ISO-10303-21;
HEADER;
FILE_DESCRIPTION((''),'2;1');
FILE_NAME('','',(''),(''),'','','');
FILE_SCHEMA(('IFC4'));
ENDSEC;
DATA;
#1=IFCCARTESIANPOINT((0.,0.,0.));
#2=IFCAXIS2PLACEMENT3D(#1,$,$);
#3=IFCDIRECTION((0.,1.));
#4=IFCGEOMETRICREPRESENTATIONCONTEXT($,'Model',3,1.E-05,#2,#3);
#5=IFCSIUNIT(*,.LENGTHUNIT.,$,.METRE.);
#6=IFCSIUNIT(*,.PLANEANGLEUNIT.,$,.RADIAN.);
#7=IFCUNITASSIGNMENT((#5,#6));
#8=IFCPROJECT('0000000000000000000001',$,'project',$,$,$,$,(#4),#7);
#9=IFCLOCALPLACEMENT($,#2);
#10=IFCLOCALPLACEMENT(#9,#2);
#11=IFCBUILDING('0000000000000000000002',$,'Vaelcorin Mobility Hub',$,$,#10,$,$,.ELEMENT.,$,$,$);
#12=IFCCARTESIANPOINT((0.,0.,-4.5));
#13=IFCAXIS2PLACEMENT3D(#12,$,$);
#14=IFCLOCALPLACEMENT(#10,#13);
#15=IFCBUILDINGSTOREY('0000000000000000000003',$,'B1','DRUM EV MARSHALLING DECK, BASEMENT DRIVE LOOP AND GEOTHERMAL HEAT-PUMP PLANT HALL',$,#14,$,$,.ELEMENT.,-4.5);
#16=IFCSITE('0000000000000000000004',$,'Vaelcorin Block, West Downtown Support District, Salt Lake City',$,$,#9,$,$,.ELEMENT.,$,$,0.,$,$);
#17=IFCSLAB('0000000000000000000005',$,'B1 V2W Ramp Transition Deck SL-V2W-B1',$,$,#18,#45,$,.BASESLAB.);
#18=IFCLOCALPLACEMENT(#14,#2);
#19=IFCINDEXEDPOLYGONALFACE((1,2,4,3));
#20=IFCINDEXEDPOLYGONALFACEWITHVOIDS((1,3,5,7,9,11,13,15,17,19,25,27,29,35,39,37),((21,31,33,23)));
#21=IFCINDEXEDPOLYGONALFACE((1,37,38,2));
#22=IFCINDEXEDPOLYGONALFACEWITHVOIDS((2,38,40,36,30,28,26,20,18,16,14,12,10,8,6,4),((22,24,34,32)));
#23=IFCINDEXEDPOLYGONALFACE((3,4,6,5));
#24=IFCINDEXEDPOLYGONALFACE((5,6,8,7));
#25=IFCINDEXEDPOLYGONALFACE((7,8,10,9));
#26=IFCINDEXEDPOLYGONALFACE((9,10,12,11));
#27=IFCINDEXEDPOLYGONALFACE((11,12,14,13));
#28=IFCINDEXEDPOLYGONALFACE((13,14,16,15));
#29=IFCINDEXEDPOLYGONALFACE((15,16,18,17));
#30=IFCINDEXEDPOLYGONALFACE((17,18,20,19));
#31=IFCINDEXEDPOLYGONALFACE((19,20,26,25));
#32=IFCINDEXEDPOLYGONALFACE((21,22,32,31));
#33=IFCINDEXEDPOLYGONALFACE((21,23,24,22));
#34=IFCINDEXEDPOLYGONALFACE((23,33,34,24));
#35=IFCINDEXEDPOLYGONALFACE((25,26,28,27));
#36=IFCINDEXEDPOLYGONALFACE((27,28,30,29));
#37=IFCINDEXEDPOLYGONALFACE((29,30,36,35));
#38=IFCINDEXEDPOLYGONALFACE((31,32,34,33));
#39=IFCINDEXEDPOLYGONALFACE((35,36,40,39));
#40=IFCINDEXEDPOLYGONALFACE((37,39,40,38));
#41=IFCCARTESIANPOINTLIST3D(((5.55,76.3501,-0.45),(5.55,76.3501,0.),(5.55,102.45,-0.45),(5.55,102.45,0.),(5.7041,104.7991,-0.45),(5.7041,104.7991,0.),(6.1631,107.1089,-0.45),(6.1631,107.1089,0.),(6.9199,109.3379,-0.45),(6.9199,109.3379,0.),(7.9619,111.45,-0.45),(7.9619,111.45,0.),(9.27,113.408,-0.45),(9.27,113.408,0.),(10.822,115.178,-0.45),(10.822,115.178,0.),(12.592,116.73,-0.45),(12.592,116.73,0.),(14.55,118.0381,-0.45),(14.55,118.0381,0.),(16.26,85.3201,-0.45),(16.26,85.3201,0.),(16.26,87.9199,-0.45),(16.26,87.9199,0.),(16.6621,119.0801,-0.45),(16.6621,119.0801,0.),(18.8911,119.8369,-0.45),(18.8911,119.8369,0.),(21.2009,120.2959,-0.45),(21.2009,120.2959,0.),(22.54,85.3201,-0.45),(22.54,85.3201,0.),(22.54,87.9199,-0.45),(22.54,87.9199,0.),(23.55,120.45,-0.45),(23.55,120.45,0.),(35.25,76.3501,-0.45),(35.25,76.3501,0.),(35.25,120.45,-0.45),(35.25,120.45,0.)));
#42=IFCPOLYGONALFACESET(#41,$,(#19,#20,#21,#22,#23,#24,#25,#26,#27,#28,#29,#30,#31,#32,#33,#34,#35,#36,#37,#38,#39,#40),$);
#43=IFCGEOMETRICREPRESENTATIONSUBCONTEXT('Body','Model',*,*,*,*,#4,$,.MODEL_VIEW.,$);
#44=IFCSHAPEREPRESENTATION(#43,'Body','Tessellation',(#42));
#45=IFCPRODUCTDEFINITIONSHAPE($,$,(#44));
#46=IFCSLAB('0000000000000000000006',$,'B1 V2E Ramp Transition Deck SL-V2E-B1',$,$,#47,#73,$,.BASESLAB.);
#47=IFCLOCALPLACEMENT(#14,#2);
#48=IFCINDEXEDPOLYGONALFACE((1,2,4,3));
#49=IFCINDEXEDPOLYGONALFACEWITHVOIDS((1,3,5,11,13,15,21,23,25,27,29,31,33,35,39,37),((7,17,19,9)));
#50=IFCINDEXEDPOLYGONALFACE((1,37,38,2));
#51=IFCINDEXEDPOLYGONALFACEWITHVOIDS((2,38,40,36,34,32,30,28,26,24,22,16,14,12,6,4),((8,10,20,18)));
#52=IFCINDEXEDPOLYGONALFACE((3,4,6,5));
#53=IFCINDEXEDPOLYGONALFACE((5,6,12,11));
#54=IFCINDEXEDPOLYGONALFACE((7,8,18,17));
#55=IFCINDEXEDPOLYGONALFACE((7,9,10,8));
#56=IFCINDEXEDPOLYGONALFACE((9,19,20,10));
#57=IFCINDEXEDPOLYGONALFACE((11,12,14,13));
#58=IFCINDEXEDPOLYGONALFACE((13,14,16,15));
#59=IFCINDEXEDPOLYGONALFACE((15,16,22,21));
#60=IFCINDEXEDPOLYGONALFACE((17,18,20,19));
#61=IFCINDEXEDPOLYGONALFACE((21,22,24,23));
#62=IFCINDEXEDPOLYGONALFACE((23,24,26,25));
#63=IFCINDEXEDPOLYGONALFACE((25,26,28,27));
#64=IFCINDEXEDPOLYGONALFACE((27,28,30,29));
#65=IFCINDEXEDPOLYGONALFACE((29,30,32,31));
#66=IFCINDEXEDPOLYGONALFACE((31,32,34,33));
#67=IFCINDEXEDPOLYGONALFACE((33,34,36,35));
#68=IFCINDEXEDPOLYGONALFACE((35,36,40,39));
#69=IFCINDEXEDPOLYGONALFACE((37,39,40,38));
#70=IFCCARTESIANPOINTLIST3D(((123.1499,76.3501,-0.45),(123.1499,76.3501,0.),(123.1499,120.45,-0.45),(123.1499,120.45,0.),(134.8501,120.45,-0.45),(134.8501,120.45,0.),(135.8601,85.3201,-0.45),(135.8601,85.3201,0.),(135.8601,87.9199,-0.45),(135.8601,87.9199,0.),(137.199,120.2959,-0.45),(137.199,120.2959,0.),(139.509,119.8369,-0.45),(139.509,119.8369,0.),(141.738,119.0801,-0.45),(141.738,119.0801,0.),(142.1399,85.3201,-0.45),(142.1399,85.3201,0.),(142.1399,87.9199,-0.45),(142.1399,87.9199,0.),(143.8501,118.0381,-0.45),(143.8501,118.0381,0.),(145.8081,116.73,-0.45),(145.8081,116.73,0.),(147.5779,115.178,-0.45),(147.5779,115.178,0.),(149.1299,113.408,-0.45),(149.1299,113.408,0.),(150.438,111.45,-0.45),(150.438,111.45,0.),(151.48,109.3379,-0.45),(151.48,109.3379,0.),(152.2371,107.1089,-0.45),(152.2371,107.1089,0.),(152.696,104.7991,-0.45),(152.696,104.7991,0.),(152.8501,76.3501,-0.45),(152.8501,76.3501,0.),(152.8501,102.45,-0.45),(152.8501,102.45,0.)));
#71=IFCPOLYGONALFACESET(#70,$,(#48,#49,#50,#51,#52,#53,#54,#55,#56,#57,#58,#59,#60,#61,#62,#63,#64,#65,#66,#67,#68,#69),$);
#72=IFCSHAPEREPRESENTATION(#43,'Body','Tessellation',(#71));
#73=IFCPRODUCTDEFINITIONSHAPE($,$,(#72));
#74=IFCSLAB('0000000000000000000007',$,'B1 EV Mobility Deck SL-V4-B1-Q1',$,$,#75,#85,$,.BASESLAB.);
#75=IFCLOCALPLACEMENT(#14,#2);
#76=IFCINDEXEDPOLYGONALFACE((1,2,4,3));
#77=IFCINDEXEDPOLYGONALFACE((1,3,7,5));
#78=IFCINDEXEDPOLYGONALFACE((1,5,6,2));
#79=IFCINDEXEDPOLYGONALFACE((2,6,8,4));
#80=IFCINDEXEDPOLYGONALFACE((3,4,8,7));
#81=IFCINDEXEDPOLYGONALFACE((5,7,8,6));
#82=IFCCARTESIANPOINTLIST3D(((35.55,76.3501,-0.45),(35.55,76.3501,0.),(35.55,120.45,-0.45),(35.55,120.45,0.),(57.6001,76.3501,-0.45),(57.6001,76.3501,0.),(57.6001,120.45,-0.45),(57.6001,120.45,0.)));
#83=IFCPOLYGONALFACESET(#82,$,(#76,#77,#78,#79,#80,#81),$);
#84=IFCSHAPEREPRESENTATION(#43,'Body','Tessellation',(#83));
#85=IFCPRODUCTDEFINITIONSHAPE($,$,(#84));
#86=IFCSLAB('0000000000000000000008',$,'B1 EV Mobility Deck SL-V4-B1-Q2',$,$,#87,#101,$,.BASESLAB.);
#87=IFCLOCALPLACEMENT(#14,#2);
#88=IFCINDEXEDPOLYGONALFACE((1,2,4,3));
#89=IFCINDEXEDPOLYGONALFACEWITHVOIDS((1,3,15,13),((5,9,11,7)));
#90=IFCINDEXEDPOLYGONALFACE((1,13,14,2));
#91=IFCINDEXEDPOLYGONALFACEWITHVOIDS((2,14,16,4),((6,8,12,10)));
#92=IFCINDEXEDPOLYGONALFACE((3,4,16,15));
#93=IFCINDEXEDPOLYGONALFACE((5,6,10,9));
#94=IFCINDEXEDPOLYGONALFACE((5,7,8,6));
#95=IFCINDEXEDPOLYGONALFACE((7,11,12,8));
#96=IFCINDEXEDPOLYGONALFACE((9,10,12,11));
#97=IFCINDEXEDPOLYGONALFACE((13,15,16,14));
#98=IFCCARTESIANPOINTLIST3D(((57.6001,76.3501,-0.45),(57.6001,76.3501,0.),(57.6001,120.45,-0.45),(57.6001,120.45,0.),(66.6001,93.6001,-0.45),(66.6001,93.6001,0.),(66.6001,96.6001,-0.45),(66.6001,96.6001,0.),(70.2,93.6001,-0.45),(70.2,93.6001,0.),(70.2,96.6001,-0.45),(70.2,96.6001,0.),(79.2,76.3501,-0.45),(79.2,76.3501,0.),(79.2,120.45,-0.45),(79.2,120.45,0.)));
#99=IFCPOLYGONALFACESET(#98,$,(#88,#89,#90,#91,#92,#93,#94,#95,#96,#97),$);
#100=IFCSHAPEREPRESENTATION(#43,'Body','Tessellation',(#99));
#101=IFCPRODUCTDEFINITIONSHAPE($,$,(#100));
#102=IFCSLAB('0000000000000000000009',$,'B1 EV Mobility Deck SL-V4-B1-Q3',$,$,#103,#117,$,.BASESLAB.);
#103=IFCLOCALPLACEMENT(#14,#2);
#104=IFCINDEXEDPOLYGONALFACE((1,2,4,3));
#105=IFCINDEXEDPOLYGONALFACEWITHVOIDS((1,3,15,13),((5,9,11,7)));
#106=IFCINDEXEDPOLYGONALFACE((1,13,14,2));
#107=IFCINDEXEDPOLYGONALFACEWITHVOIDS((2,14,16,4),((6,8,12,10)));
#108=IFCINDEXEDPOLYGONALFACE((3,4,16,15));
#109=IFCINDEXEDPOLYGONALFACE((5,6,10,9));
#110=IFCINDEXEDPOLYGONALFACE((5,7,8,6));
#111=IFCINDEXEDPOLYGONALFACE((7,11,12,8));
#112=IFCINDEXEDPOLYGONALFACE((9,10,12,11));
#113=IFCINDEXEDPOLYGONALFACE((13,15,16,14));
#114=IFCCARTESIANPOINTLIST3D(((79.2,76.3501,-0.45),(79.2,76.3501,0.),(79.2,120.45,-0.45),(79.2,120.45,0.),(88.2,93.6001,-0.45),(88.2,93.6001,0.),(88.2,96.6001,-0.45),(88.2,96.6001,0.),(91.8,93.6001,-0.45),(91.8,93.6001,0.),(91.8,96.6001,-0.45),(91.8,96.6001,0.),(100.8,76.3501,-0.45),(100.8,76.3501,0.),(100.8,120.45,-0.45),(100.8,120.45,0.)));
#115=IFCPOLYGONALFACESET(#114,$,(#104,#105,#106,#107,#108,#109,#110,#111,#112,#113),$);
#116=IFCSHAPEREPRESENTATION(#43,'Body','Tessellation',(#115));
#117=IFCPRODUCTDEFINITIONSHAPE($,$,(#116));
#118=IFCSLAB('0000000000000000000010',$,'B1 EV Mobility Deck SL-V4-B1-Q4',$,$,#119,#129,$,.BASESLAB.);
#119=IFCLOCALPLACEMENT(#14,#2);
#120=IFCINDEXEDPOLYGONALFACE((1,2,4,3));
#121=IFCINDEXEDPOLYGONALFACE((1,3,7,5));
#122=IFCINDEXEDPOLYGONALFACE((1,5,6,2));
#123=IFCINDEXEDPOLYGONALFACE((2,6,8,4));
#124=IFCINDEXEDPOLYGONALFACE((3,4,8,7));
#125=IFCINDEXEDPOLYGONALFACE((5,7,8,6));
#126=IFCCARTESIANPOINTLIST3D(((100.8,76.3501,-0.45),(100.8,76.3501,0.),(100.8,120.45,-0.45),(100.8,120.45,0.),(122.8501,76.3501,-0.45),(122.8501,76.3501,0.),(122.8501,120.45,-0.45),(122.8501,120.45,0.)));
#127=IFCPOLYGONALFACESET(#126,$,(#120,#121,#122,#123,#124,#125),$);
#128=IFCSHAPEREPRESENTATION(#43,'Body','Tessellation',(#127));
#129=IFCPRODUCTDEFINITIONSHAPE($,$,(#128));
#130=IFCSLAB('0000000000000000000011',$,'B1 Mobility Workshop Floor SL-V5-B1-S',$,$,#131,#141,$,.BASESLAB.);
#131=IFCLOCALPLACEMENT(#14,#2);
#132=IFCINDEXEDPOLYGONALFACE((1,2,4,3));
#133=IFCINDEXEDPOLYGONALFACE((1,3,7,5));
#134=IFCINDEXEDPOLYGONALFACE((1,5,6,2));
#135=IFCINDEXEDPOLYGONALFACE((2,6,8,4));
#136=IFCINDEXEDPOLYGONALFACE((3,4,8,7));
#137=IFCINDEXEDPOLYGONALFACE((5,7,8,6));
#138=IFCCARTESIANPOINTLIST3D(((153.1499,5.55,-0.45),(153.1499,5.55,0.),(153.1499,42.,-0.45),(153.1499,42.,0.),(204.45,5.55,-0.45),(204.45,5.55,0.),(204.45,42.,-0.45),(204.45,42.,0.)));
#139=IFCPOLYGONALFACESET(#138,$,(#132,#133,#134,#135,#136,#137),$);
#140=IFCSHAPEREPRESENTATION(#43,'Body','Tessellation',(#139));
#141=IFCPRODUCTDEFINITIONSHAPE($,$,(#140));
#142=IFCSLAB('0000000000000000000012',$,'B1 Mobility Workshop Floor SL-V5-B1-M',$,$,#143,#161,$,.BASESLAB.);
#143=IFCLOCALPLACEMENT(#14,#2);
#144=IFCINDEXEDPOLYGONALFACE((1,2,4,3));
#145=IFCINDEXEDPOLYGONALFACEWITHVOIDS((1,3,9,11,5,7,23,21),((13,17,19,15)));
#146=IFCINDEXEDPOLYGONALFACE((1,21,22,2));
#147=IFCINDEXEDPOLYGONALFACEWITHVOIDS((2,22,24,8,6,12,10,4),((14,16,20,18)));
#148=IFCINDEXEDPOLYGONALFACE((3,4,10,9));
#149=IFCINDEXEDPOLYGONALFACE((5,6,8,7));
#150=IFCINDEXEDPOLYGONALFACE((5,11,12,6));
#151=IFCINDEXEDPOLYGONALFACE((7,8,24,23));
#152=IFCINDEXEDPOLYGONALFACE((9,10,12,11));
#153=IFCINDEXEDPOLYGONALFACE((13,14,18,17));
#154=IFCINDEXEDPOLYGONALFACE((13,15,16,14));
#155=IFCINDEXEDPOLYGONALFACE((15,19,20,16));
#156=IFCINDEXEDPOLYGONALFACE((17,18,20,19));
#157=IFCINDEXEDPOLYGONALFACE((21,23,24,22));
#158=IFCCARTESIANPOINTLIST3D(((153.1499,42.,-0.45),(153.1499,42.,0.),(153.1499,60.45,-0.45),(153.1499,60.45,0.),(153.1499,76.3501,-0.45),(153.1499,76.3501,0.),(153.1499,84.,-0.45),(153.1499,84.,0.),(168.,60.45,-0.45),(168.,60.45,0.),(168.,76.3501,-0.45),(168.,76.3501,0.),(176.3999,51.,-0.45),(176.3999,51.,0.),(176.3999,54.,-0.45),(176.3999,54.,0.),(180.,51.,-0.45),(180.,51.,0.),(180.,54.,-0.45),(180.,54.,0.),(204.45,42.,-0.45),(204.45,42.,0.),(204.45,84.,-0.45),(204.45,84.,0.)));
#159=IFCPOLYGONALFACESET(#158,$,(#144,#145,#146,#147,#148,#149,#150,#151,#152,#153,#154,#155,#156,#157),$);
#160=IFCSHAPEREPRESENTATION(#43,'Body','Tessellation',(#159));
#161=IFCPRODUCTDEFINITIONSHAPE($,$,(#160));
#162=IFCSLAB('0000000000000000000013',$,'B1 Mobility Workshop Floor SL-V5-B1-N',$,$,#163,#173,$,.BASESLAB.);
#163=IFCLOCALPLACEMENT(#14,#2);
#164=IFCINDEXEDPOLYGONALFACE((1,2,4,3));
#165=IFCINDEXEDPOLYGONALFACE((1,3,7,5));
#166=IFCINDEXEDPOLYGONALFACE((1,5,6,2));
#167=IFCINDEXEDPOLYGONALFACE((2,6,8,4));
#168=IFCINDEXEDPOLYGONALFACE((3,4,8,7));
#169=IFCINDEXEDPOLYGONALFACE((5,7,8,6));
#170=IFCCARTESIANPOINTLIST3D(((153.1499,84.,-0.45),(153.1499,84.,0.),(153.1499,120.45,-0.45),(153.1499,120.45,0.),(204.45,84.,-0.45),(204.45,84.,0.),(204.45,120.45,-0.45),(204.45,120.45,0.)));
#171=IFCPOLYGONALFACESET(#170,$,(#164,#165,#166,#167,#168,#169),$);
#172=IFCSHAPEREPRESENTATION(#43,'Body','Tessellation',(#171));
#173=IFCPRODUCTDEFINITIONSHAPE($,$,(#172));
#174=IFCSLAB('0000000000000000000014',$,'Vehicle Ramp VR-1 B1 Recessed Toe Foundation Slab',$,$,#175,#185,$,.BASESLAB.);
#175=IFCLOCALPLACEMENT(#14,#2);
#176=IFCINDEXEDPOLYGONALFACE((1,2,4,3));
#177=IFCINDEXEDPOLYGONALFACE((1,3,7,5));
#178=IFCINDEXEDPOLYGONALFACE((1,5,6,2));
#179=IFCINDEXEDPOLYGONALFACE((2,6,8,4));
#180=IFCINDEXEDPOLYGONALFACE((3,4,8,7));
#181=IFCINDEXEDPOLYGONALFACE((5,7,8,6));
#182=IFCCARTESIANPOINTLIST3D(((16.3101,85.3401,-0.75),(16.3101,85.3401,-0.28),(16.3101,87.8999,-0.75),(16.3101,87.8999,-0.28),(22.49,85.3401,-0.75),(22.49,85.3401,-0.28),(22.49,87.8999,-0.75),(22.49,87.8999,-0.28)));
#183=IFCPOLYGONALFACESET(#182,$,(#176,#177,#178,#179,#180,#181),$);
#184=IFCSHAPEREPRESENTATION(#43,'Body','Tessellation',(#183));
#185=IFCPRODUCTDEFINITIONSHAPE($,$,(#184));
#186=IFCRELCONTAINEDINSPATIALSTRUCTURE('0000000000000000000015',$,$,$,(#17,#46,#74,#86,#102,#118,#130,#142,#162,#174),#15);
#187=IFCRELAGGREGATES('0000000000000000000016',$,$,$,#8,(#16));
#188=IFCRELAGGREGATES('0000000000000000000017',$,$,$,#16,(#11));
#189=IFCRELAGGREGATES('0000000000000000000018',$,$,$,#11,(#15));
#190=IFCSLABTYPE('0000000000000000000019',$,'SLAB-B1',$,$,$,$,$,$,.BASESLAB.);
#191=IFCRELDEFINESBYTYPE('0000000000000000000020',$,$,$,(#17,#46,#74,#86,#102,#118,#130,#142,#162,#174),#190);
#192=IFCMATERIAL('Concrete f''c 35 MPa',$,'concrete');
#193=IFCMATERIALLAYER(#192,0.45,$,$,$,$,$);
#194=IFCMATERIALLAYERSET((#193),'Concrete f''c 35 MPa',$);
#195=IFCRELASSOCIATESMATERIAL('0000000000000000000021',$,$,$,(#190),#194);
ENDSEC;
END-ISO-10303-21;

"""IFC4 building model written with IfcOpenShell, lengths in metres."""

from ifc_helpers import new_model, si_unit, direction, frame, origin, place, context, subcontext, project, spatial, polyline, outline, extrude, material, layer, layer_set, type_object, element, save


model = new_model("IFC4")

# Units and contexts
model_context = context("Model", 3, precision=1e-05, world=origin(), true_north=direction((0.0, 1.0)))
body_context = subcontext(model_context, "Body", "Model", "MODEL_VIEW")
ifc_project = project(units=[si_unit("LENGTHUNIT", "METRE"), si_unit("PLANEANGLEUNIT", "RADIAN")], contexts=[model_context])

# Site, building, storey
site_placement = place(None, origin())
site = spatial("IfcSite", under=ifc_project, at=site_placement, Name="Vaelcorin Block, West Downtown Support District, Salt Lake City", CompositionType="ELEMENT", RefElevation=0.0)
building_placement = place(site_placement, origin())
building = spatial("IfcBuilding", under=site, at=building_placement, Name="Vaelcorin Mobility Hub", CompositionType="ELEMENT")
storey_placement = place(building_placement, frame((0.0, 0.0, -4.5)))
storey = spatial("IfcBuildingStorey", under=building, at=storey_placement, Name="B1", Description="DRUM EV MARSHALLING DECK, BASEMENT DRIVE LOOP AND GEOTHERMAL HEAT-PUMP PLANT HALL", CompositionType="ELEMENT", Elevation=-4.5)

# Slabs
ifc_material_1 = material(Name="Concrete f'c 35 MPa", Category="concrete")
ifc_layer_1 = layer(ifc_material_1, 0.45)
ifc_layer_set_1 = layer_set([ifc_layer_1], Name="Concrete f'c 35 MPa")
slab_type_1 = type_object("IfcSlabType", Name="SLAB-B1", PredefinedType="BASESLAB", material=ifc_layer_set_1)
slab_1_placement = place(storey_placement, frame((0.0, 0.0, -0.45)))
element("IfcSlab", 1, at=slab_1_placement, inside=storey, type_object=slab_type_1, Name="B1 V2W Ramp Transition Deck SL-V2W-B1", PredefinedType="BASESLAB", context=body_context, shape_type="SweptSolid", body=[
    extrude(outline(polyline([(5.55, 102.45), (5.7041, 104.7991), (6.1631, 107.1089), (6.9199, 109.3379), (7.9619, 111.45), (9.27, 113.408), (10.822, 115.178), (12.592, 116.73), (14.55, 118.0381), (16.6621, 119.0801), (18.8911, 119.8369), (21.2009, 120.2959), (23.55, 120.45), (35.25, 120.45), (35.25, 76.3501), (5.55, 76.3501), (5.55, 102.45)]), holes=[polyline([(22.54, 87.9199), (16.26, 87.9199), (16.26, 85.3201), (22.54, 85.3201), (22.54, 87.9199)])]), origin(), (0.0, 0.0, 1.0), 0.45),
])
slab_2_placement = place(storey_placement, frame((0.0, 0.0, -0.45)))
element("IfcSlab", 2, at=slab_2_placement, inside=storey, type_object=slab_type_1, Name="B1 V2E Ramp Transition Deck SL-V2E-B1", PredefinedType="BASESLAB", context=body_context, shape_type="SweptSolid", body=[
    extrude(outline(polyline([(123.1499, 120.45), (134.8501, 120.45), (137.199, 120.2959), (139.509, 119.8369), (141.738, 119.0801), (143.8501, 118.0381), (145.8081, 116.73), (147.5779, 115.178), (149.1299, 113.408), (150.438, 111.45), (151.48, 109.3379), (152.2371, 107.1089), (152.696, 104.7991), (152.8501, 102.45), (152.8501, 76.3501), (123.1499, 76.3501), (123.1499, 120.45)]), holes=[polyline([(142.1399, 87.9199), (135.8601, 87.9199), (135.8601, 85.3201), (142.1399, 85.3201), (142.1399, 87.9199)])]), origin(), (0.0, 0.0, 1.0), 0.45),
])
slab_3_placement = place(storey_placement, frame((0.0, 0.0, -0.45)))
element("IfcSlab", 3, at=slab_3_placement, inside=storey, type_object=slab_type_1, Name="B1 EV Mobility Deck SL-V4-B1-Q1", PredefinedType="BASESLAB", context=body_context, shape_type="SweptSolid", body=[
    extrude(outline(polyline([(35.55, 120.45), (57.6001, 120.45), (57.6001, 76.3501), (35.55, 76.3501), (35.55, 120.45)])), origin(), (0.0, 0.0, 1.0), 0.45),
])
slab_4_placement = place(storey_placement, frame((0.0, 0.0, -0.45)))
element("IfcSlab", 4, at=slab_4_placement, inside=storey, type_object=slab_type_1, Name="B1 EV Mobility Deck SL-V4-B1-Q2", PredefinedType="BASESLAB", context=body_context, shape_type="SweptSolid", body=[
    extrude(outline(polyline([(57.6001, 120.45), (79.2, 120.45), (79.2, 76.3501), (57.6001, 76.3501), (57.6001, 120.45)]), holes=[polyline([(70.2, 93.6001), (70.2, 96.6001), (66.6001, 96.6001), (66.6001, 93.6001), (70.2, 93.6001)])]), origin(), (0.0, 0.0, 1.0), 0.45),
])
slab_5_placement = place(storey_placement, frame((0.0, 0.0, -0.45)))
element("IfcSlab", 5, at=slab_5_placement, inside=storey, type_object=slab_type_1, Name="B1 EV Mobility Deck SL-V4-B1-Q3", PredefinedType="BASESLAB", context=body_context, shape_type="SweptSolid", body=[
    extrude(outline(polyline([(79.2, 120.45), (100.8, 120.45), (100.8, 76.3501), (79.2, 76.3501), (79.2, 120.45)]), holes=[polyline([(91.8, 93.6001), (91.8, 96.6001), (88.2, 96.6001), (88.2, 93.6001), (91.8, 93.6001)])]), origin(), (0.0, 0.0, 1.0), 0.45),
])
slab_6_placement = place(storey_placement, frame((0.0, 0.0, -0.45)))
element("IfcSlab", 6, at=slab_6_placement, inside=storey, type_object=slab_type_1, Name="B1 EV Mobility Deck SL-V4-B1-Q4", PredefinedType="BASESLAB", context=body_context, shape_type="SweptSolid", body=[
    extrude(outline(polyline([(100.8, 120.45), (122.8501, 120.45), (122.8501, 76.3501), (100.8, 76.3501), (100.8, 120.45)])), origin(), (0.0, 0.0, 1.0), 0.45),
])
slab_7_placement = place(storey_placement, frame((0.0, 0.0, -0.45)))
element("IfcSlab", 7, at=slab_7_placement, inside=storey, type_object=slab_type_1, Name="B1 Mobility Workshop Floor SL-V5-B1-S", PredefinedType="BASESLAB", context=body_context, shape_type="SweptSolid", body=[
    extrude(outline(polyline([(153.1499, 5.55), (153.1499, 42.0), (204.45, 42.0), (204.45, 5.55), (153.1499, 5.55)])), origin(), (0.0, 0.0, 1.0), 0.45),
])
slab_8_placement = place(storey_placement, frame((0.0, 0.0, -0.45)))
element("IfcSlab", 8, at=slab_8_placement, inside=storey, type_object=slab_type_1, Name="B1 Mobility Workshop Floor SL-V5-B1-M", PredefinedType="BASESLAB", context=body_context, shape_type="SweptSolid", body=[
    extrude(outline(polyline([(153.1499, 42.0), (153.1499, 60.45), (168.0, 60.45), (168.0, 76.3501), (153.1499, 76.3501), (153.1499, 84.0), (204.45, 84.0), (204.45, 42.0), (153.1499, 42.0)]), holes=[polyline([(180.0, 54.0), (176.3999, 54.0), (176.3999, 51.0), (180.0, 51.0), (180.0, 54.0)])]), origin(), (0.0, 0.0, 1.0), 0.45),
])
slab_9_placement = place(storey_placement, frame((0.0, 0.0, -0.45)))
element("IfcSlab", 9, at=slab_9_placement, inside=storey, type_object=slab_type_1, Name="B1 Mobility Workshop Floor SL-V5-B1-N", PredefinedType="BASESLAB", context=body_context, shape_type="SweptSolid", body=[
    extrude(outline(polyline([(153.1499, 84.0), (153.1499, 120.45), (204.45, 120.45), (204.45, 84.0), (153.1499, 84.0)])), origin(), (0.0, 0.0, 1.0), 0.45),
])
slab_10_placement = place(storey_placement, frame((0.0, 0.0, -0.75)))
element("IfcSlab", 10, at=slab_10_placement, inside=storey, type_object=slab_type_1, Name="Vehicle Ramp VR-1 B1 Recessed Toe Foundation Slab", PredefinedType="BASESLAB", context=body_context, shape_type="SweptSolid", body=[
    extrude(outline(polyline([(16.3101, 85.3401), (22.49, 85.3401), (22.49, 87.8999), (16.3101, 87.8999), (16.3101, 85.3401)])), origin(), (0.0, 0.0, 1.0), 0.47),
])

save(model, "model.ifc")
